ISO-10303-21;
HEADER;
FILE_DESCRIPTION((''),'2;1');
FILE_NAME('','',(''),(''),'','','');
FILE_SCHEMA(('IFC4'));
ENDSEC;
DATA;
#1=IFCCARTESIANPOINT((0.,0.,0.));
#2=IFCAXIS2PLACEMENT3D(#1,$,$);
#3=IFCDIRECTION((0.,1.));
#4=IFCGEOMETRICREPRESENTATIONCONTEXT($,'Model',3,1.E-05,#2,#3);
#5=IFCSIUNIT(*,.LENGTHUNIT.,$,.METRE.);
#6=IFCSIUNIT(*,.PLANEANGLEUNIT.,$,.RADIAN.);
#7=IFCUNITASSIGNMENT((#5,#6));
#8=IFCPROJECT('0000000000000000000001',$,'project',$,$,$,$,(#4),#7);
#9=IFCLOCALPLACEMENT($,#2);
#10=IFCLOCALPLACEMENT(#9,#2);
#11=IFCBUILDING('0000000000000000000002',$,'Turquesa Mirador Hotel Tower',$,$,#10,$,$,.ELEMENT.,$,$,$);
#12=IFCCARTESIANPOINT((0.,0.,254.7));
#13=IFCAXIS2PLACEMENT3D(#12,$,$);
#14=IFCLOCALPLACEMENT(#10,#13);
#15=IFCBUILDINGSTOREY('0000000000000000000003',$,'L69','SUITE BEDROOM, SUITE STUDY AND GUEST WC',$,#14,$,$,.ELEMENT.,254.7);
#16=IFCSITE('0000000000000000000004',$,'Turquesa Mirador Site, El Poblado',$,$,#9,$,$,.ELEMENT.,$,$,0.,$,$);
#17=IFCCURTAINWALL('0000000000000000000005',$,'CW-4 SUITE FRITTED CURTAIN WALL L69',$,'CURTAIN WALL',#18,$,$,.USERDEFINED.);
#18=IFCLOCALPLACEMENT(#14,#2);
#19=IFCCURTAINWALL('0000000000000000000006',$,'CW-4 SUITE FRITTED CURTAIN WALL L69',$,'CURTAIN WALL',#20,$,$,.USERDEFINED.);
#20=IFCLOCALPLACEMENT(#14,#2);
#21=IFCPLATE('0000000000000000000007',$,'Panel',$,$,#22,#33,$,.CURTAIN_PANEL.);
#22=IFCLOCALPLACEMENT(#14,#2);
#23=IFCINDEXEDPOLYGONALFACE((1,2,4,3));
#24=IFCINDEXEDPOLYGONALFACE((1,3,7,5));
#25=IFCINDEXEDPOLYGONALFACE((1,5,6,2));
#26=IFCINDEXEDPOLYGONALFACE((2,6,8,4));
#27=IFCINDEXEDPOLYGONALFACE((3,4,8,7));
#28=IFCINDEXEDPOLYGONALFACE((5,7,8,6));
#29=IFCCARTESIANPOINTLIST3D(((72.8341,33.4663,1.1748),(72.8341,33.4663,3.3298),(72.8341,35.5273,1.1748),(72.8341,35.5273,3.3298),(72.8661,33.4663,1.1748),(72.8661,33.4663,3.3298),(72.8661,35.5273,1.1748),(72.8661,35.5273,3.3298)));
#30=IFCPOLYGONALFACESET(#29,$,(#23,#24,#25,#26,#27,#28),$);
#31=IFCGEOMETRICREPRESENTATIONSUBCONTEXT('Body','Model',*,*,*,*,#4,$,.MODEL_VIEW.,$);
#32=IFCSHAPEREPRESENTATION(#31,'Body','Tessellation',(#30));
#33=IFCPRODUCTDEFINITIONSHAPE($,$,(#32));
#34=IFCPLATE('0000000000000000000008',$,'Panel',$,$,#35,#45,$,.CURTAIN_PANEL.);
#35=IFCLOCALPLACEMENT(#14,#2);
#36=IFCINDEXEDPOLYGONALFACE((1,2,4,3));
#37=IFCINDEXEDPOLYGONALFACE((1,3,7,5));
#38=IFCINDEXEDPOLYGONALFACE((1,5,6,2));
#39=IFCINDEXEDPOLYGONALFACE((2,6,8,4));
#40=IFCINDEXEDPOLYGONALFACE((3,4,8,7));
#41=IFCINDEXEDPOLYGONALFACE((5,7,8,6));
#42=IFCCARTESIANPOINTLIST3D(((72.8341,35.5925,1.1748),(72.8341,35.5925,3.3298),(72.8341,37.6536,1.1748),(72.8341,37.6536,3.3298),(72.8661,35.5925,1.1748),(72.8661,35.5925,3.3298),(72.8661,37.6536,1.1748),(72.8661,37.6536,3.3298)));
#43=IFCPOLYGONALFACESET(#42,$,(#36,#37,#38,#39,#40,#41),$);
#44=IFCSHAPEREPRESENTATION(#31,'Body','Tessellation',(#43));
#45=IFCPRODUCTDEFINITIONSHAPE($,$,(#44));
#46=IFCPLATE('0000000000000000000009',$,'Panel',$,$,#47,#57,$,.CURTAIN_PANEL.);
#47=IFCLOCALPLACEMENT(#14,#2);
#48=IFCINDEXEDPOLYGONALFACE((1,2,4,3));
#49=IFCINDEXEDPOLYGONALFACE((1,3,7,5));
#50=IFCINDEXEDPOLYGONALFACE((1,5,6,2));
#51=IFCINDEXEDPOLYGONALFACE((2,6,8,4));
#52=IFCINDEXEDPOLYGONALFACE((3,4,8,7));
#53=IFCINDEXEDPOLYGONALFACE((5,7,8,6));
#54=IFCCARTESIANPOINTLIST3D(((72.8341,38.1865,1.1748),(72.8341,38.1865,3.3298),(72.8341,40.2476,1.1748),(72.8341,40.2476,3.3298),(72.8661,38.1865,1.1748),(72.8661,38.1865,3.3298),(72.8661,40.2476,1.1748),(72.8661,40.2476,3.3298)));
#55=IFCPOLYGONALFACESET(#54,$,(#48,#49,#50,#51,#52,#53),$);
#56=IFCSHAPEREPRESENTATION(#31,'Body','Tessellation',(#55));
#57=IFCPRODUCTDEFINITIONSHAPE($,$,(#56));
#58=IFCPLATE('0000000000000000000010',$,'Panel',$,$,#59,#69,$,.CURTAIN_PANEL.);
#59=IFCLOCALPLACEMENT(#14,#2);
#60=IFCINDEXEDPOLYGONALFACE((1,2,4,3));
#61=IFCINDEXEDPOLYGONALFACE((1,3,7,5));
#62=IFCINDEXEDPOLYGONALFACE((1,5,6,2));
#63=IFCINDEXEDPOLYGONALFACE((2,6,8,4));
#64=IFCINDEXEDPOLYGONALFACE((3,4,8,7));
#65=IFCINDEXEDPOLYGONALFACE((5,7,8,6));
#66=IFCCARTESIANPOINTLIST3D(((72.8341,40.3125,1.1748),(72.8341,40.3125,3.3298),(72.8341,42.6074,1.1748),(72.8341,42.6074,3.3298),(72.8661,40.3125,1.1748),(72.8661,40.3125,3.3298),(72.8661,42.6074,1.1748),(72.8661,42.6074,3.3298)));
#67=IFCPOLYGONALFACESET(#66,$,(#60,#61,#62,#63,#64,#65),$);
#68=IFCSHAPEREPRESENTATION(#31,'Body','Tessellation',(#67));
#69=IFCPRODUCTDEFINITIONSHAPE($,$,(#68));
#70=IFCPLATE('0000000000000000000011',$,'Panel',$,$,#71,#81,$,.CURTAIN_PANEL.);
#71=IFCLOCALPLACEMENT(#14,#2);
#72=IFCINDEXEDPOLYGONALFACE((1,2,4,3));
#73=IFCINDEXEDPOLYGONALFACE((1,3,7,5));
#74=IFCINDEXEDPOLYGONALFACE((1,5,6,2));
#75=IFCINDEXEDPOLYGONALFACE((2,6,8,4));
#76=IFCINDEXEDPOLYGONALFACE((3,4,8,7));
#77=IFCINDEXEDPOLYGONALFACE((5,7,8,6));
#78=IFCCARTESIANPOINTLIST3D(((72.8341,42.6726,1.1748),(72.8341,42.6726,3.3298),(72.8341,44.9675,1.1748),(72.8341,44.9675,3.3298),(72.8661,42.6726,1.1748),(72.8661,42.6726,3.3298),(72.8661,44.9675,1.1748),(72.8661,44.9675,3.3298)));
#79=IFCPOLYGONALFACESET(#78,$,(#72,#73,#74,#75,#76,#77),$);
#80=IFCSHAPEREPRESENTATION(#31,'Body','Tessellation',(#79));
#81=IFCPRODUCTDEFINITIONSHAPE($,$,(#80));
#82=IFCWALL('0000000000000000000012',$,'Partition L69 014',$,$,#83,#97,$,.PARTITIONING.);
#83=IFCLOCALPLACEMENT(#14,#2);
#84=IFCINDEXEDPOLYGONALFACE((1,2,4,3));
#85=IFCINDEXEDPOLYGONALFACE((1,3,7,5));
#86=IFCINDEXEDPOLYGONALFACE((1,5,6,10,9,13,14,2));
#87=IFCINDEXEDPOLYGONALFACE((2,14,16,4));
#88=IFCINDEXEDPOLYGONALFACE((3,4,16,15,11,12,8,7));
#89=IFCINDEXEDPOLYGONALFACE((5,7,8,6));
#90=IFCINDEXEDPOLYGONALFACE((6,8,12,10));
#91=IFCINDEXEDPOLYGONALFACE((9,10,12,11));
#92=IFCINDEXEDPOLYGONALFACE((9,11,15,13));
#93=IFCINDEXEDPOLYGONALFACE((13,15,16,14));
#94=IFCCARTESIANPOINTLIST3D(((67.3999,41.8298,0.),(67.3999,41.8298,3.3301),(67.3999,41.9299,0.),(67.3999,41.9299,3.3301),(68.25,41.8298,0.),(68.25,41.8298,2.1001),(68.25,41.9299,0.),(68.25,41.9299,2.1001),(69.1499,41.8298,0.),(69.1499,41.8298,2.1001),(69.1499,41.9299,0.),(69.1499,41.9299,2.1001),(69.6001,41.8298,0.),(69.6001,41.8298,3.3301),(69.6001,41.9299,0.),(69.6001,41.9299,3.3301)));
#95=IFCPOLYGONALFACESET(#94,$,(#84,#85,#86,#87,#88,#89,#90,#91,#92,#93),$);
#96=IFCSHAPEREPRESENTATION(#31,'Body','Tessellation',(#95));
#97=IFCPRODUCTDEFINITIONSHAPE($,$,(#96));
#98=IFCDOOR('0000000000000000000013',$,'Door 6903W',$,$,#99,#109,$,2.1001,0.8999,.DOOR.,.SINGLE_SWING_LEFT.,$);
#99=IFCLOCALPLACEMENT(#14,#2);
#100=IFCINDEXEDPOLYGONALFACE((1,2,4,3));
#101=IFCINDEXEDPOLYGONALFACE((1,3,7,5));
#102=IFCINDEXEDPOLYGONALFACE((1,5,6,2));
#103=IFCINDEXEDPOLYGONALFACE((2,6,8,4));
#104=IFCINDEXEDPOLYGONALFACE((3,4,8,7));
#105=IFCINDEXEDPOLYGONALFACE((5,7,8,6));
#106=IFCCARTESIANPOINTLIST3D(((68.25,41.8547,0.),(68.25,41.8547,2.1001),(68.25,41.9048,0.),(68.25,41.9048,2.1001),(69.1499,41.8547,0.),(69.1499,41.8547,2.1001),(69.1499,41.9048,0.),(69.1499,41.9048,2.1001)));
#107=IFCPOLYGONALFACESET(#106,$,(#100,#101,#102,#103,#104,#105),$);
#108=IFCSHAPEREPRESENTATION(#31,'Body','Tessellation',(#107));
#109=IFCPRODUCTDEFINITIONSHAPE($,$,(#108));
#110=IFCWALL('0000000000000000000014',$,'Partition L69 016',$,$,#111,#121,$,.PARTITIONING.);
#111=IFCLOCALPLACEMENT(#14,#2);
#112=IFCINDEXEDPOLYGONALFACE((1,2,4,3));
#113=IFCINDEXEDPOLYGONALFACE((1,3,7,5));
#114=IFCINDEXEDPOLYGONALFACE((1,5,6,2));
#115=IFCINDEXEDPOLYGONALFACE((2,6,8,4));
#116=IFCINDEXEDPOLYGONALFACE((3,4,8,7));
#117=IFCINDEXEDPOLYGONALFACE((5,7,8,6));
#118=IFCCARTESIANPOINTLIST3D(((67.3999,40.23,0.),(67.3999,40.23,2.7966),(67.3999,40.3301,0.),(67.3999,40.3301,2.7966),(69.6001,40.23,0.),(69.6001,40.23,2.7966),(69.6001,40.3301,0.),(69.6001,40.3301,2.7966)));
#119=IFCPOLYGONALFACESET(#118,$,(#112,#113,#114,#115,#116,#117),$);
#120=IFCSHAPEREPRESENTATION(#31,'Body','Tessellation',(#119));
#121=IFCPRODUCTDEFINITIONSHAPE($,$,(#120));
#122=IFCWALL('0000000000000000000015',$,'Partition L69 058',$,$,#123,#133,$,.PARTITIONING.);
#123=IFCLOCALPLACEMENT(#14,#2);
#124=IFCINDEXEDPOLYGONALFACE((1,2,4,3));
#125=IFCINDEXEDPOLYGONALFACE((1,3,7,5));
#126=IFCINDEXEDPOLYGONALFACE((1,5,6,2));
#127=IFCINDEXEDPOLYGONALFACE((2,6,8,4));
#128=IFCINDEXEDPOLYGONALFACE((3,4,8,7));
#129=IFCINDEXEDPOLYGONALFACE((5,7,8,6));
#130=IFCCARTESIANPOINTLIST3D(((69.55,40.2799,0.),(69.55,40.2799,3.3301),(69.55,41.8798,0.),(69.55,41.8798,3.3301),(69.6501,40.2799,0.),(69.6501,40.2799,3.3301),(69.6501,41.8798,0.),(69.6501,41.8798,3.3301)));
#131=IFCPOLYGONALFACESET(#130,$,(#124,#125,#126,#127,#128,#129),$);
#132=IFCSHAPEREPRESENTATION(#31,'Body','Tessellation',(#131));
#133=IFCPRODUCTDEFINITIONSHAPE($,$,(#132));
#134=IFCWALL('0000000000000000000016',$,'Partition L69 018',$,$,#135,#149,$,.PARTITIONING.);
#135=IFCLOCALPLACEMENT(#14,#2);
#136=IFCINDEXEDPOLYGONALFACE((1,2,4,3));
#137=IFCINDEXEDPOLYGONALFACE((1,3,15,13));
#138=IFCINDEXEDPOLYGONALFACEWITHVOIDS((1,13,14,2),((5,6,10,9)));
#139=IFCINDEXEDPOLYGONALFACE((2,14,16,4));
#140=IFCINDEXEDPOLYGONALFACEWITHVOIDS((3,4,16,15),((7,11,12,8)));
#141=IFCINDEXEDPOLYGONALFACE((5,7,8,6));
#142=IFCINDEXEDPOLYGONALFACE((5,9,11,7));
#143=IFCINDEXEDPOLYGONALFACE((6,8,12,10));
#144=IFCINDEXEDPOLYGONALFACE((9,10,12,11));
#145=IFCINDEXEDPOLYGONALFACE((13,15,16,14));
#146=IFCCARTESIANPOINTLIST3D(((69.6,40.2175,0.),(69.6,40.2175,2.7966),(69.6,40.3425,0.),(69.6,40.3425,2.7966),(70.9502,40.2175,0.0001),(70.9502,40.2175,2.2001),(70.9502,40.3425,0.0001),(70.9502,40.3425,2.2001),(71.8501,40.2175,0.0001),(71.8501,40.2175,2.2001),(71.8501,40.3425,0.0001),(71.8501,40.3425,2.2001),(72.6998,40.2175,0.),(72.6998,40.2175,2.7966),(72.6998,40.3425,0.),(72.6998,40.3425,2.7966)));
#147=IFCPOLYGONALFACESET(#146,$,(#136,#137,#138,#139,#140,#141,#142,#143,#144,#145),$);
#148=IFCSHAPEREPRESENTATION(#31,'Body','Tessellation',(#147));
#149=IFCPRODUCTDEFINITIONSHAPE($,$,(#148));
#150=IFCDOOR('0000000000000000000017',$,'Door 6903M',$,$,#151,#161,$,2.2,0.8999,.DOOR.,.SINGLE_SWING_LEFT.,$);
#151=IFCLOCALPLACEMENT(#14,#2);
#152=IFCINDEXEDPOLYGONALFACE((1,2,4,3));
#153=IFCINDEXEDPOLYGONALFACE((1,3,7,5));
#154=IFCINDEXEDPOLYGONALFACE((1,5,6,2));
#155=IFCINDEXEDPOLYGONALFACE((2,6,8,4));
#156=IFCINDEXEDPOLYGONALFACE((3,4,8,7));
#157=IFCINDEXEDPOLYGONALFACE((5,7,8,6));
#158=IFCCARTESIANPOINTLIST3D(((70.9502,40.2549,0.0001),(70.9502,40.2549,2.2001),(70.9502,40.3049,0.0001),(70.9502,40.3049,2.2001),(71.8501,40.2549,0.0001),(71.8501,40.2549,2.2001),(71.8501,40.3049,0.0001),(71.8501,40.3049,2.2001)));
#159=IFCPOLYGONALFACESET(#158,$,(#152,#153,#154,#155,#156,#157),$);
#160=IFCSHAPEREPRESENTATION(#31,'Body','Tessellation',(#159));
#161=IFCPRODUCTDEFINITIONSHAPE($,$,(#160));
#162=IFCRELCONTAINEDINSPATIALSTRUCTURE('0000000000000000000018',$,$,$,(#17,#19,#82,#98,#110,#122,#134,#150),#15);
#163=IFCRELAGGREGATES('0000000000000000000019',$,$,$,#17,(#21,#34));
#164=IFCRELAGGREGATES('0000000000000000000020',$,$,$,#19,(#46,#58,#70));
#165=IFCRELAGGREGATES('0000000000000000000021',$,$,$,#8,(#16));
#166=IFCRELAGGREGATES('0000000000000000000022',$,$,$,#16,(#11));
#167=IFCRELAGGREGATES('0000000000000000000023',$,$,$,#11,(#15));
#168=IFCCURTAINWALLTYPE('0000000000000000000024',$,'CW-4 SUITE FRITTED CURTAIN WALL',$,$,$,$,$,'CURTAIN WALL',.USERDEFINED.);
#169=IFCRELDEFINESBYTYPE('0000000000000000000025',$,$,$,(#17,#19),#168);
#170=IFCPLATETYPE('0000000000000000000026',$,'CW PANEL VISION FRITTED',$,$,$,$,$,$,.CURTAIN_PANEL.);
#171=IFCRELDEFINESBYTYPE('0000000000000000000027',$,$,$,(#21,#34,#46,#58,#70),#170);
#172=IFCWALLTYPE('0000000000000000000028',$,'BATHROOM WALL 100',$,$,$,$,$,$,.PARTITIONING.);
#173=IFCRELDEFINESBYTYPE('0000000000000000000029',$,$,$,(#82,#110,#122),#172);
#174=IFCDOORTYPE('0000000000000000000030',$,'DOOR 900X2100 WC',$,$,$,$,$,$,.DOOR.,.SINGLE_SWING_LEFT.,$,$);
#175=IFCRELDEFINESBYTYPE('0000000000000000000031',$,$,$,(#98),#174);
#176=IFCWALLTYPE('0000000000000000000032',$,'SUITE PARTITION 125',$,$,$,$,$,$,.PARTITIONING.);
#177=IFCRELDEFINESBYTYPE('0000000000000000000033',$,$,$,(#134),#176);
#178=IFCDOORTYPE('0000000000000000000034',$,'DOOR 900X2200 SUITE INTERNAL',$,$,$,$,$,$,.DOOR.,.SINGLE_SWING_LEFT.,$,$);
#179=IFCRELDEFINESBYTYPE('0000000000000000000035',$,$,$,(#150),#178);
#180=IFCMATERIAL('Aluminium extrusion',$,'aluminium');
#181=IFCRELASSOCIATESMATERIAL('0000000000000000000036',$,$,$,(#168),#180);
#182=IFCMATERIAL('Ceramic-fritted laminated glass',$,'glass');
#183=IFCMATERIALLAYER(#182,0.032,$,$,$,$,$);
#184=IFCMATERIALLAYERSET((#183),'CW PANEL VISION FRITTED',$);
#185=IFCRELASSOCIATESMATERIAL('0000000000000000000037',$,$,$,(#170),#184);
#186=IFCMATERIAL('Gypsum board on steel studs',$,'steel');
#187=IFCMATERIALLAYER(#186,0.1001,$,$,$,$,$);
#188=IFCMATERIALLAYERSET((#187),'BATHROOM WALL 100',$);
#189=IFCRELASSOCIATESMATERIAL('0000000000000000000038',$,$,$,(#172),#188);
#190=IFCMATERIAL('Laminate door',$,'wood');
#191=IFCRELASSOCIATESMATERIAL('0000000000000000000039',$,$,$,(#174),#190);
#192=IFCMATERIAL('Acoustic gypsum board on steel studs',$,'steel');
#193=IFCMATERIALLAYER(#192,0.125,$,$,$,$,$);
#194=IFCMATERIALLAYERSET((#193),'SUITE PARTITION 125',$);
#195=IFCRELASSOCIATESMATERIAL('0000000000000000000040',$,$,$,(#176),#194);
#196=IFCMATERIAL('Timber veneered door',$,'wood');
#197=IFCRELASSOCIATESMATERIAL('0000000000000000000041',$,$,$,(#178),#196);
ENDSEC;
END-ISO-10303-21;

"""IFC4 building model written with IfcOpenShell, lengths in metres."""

from ifc_helpers import new_model, si_unit, direction, frame, frame_2d, origin, origin_2d, place, context, subcontext, project, spatial, rectangle, extrude, material, layer, layer_set, type_object, element, fill, aggregate, save


model = new_model("IFC4")

# Units and contexts
model_context = context("Model", 3, precision=1e-05, world=origin(), true_north=direction((0.0, 1.0)))
body_context = subcontext(model_context, "Body", "Model", "MODEL_VIEW")
ifc_project = project(units=[si_unit("LENGTHUNIT", "METRE"), si_unit("PLANEANGLEUNIT", "RADIAN")], contexts=[model_context])

# Site, building, storey
site_placement = place(None, origin())
site = spatial("IfcSite", under=ifc_project, at=site_placement, Name="Turquesa Mirador Site, El Poblado", CompositionType="ELEMENT", RefElevation=0.0)
building_placement = place(site_placement, origin())
building = spatial("IfcBuilding", under=site, at=building_placement, Name="Turquesa Mirador Hotel Tower", CompositionType="ELEMENT")
storey_placement = place(building_placement, frame((0.0, 0.0, 254.7)))
storey = spatial("IfcBuildingStorey", under=building, at=storey_placement, Name="L69", Description="SUITE BEDROOM, SUITE STUDY AND GUEST WC", CompositionType="ELEMENT", Elevation=254.7)

# Curtain walls
ifc_material_1 = material(Name="Aluminium extrusion", Category="aluminium")
curtain_wall_type = type_object("IfcCurtainWallType", Name="CW-4 SUITE FRITTED CURTAIN WALL", ElementType="CURTAIN WALL", PredefinedType="USERDEFINED", material=ifc_material_1)
curtain_wall_1_placement = place(storey_placement, origin())
curtain_wall_1 = element("IfcCurtainWall", 1, at=curtain_wall_1_placement, inside=storey, type_object=curtain_wall_type, Name="CW-4 SUITE FRITTED CURTAIN WALL L69", ObjectType="CURTAIN WALL", PredefinedType="USERDEFINED")
curtain_wall_2_placement = place(storey_placement, origin())
curtain_wall_2 = element("IfcCurtainWall", 2, at=curtain_wall_2_placement, inside=storey, type_object=curtain_wall_type, Name="CW-4 SUITE FRITTED CURTAIN WALL L69", ObjectType="CURTAIN WALL", PredefinedType="USERDEFINED")

# Plates
ifc_material_2 = material(Name="Ceramic-fritted laminated glass", Category="glass")
ifc_layer_1 = layer(ifc_material_2, 0.032)
ifc_layer_set_1 = layer_set([ifc_layer_1], Name="CW PANEL VISION FRITTED")
plate_type_1 = type_object("IfcPlateType", Name="CW PANEL VISION FRITTED", PredefinedType="CURTAIN_PANEL", material=ifc_layer_set_1)
plate_1_placement = place(storey_placement, frame((72.8501, 34.4968, 1.1748), z_axis=(0.0, 0.0, 1.0), x_axis=(0.0, 1.0, 0.0)))
plate_1 = element("IfcPlate", 3, at=plate_1_placement, type_object=plate_type_1, Name="Panel", PredefinedType="CURTAIN_PANEL", context=body_context, shape_type="SweptSolid", body=[
    extrude(rectangle(XDim=2.061, YDim=0.032, at=origin_2d()), origin(), (0.0, 0.0, 1.0), 2.155),
])
plate_2_placement = place(storey_placement, frame((72.8501, 36.623, 1.1748), z_axis=(0.0, 0.0, 1.0), x_axis=(0.0, 1.0, 0.0)))
plate_2 = element("IfcPlate", 4, at=plate_2_placement, type_object=plate_type_1, Name="Panel", PredefinedType="CURTAIN_PANEL", context=body_context, shape_type="SweptSolid", body=[
    extrude(rectangle(XDim=2.061, YDim=0.032, at=origin_2d()), origin(), (0.0, 0.0, 1.0), 2.155),
])
aggregate(curtain_wall_1, [plate_1, plate_2])
plate_3_placement = place(storey_placement, frame((72.8501, 39.217, 1.1748), z_axis=(0.0, 0.0, 1.0), x_axis=(0.0, 1.0, 0.0)))
plate_3 = element("IfcPlate", 5, at=plate_3_placement, type_object=plate_type_1, Name="Panel", PredefinedType="CURTAIN_PANEL", context=body_context, shape_type="SweptSolid", body=[
    extrude(rectangle(XDim=2.061, YDim=0.032, at=origin_2d()), origin(), (0.0, 0.0, 1.0), 2.155),
])
plate_4_placement = place(storey_placement, frame((72.8501, 41.46, 1.1748), z_axis=(0.0, 0.0, 1.0), x_axis=(0.0, 1.0, 0.0)))
plate_4 = element("IfcPlate", 6, at=plate_4_placement, type_object=plate_type_1, Name="Panel", PredefinedType="CURTAIN_PANEL", context=body_context, shape_type="SweptSolid", body=[
    extrude(rectangle(XDim=2.2949, YDim=0.032, at=origin_2d()), origin(), (0.0, 0.0, 1.0), 2.155),
])
plate_5_placement = place(storey_placement, frame((72.8501, 43.8201, 1.1748), z_axis=(0.0, 0.0, 1.0), x_axis=(0.0, 1.0, 0.0)))
plate_5 = element("IfcPlate", 7, at=plate_5_placement, type_object=plate_type_1, Name="Panel", PredefinedType="CURTAIN_PANEL", context=body_context, shape_type="SweptSolid", body=[
    extrude(rectangle(XDim=2.2949, YDim=0.032, at=origin_2d()), origin(), (0.0, 0.0, 1.0), 2.155),
])
aggregate(curtain_wall_2, [plate_3, plate_4, plate_5])

# Wall, opening, door
ifc_material_3 = material(Name="Gypsum board on steel studs", Category="steel")
ifc_layer_2 = layer(ifc_material_3, 0.1001)
ifc_layer_set_2 = layer_set([ifc_layer_2], Name="BATHROOM WALL 100")
wall_type_1 = type_object("IfcWallType", Name="BATHROOM WALL 100", PredefinedType="PARTITIONING", material=ifc_layer_set_2)
wall_1_placement = place(storey_placement, frame((67.3999, 41.8799, 0.0), z_axis=(0.0, 0.0, 1.0), x_axis=(1.0, 0.0, 0.0)))
wall_1 = element("IfcWall", 8, at=wall_1_placement, inside=storey, type_object=wall_type_1, Name="Partition L69 014", PredefinedType="PARTITIONING", context=body_context, shape_type="SweptSolid", body=[
    extrude(rectangle(XDim=2.2002, YDim=0.1001, at=frame_2d((1.1001, 0.0))), origin(), (0.0, 0.0, 1.0), 3.3301),
])
opening_1_placement = place(wall_1_placement, frame((0.8501, 0.0, 0.0)))
opening_1 = element("IfcOpeningElement", 9, at=opening_1_placement, cuts=wall_1, PredefinedType="OPENING", context=body_context, shape_type="SweptSolid", body=[
    extrude(rectangle(XDim=0.8999, YDim=2.1001, at=frame_2d((0.45, 1.05))), frame((0.0, 0.0601, 0.0), z_axis=(0.0, -1.0, 0.0), x_axis=(1.0, 0.0, 0.0)), (0.0, 0.0, 1.0), 0.1201),
])
ifc_material_4 = material(Name="Laminate door", Category="wood")
door_type_1 = type_object("IfcDoorType", Name="DOOR 900X2100 WC", OperationType="SINGLE_SWING_LEFT", PredefinedType="DOOR", material=ifc_material_4)
door_1_placement = place(opening_1_placement, origin())
door_1 = element("IfcDoor", 10, at=door_1_placement, inside=storey, type_object=door_type_1, Name="Door 6903W", OperationType="SINGLE_SWING_LEFT", OverallHeight=2.1001, OverallWidth=0.8999, PredefinedType="DOOR", context=body_context, shape_type="SweptSolid", body=[
    extrude(rectangle(XDim=0.8999, YDim=2.1001, at=frame_2d((0.45, 1.05))), frame((0.0, 0.0249, 0.0), z_axis=(0.0, -1.0, 0.0), x_axis=(1.0, 0.0, 0.0)), (0.0, 0.0, 1.0), 0.05),
])
fill(opening_1, door_1)

# Walls
wall_2_placement = place(storey_placement, frame((67.3999, 40.28, 0.0), z_axis=(0.0, 0.0, 1.0), x_axis=(1.0, 0.0, 0.0)))
element("IfcWall", 11, at=wall_2_placement, inside=storey, type_object=wall_type_1, Name="Partition L69 016", PredefinedType="PARTITIONING", context=body_context, shape_type="SweptSolid", body=[
    extrude(rectangle(XDim=2.2002, YDim=0.1001, at=frame_2d((1.1001, 0.0))), origin(), (0.0, 0.0, 1.0), 2.7966),
])
wall_3_placement = place(storey_placement, frame((69.6001, 40.28, 0.0), z_axis=(0.0, 0.0, 1.0), x_axis=(0.0, 1.0, 0.0)))
element("IfcWall", 12, at=wall_3_placement, inside=storey, type_object=wall_type_1, Name="Partition L69 058", PredefinedType="PARTITIONING", context=body_context, shape_type="SweptSolid", body=[
    extrude(rectangle(XDim=1.5999, YDim=0.1001, at=frame_2d((0.7998, 0.0))), origin(), (0.0, 0.0, 1.0), 3.3301),
])

# Wall, opening, door
ifc_material_5 = material(Name="Acoustic gypsum board on steel studs", Category="steel")
ifc_layer_3 = layer(ifc_material_5, 0.125)
ifc_layer_set_3 = layer_set([ifc_layer_3], Name="SUITE PARTITION 125")
wall_type_2 = type_object("IfcWallType", Name="SUITE PARTITION 125", PredefinedType="PARTITIONING", material=ifc_layer_set_3)
wall_4_placement = place(storey_placement, frame((69.6001, 40.28, 0.0), z_axis=(0.0, 0.0, 1.0), x_axis=(1.0, 0.0, 0.0)))
wall_4 = element("IfcWall", 13, at=wall_4_placement, inside=storey, type_object=wall_type_2, Name="Partition L69 018", PredefinedType="PARTITIONING", context=body_context, shape_type="SweptSolid", body=[
    extrude(rectangle(XDim=3.0999, YDim=0.125, at=frame_2d((1.5498, 0.0))), origin(), (0.0, 0.0, 1.0), 2.7966),
])
opening_2_placement = place(wall_4_placement, frame((1.3501, 0.0, 0.0)))
opening_2 = element("IfcOpeningElement", 14, at=opening_2_placement, cuts=wall_4, PredefinedType="OPENING", context=body_context, shape_type="SweptSolid", body=[
    extrude(rectangle(XDim=0.8999, YDim=2.2, at=frame_2d((0.45, 1.1001))), frame((0.0, 0.0725, 0.0), z_axis=(0.0, -1.0, 0.0), x_axis=(1.0, 0.0, 0.0)), (0.0, 0.0, 1.0), 0.145),
])
ifc_material_6 = material(Name="Timber veneered door", Category="wood")
door_type_2 = type_object("IfcDoorType", Name="DOOR 900X2200 SUITE INTERNAL", OperationType="SINGLE_SWING_LEFT", PredefinedType="DOOR", material=ifc_material_6)
door_2_placement = place(opening_2_placement, origin())
door_2 = element("IfcDoor", 15, at=door_2_placement, inside=storey, type_object=door_type_2, Name="Door 6903M", OperationType="SINGLE_SWING_LEFT", OverallHeight=2.2, OverallWidth=0.8999, PredefinedType="DOOR", context=body_context, shape_type="SweptSolid", body=[
    extrude(rectangle(XDim=0.8999, YDim=2.2, at=frame_2d((0.45, 1.1001))), frame((0.0, 0.0249, 0.0), z_axis=(0.0, -1.0, 0.0), x_axis=(1.0, 0.0, 0.0)), (0.0, 0.0, 1.0), 0.05),
])
fill(opening_2, door_2)

save(model, "model.ifc")
